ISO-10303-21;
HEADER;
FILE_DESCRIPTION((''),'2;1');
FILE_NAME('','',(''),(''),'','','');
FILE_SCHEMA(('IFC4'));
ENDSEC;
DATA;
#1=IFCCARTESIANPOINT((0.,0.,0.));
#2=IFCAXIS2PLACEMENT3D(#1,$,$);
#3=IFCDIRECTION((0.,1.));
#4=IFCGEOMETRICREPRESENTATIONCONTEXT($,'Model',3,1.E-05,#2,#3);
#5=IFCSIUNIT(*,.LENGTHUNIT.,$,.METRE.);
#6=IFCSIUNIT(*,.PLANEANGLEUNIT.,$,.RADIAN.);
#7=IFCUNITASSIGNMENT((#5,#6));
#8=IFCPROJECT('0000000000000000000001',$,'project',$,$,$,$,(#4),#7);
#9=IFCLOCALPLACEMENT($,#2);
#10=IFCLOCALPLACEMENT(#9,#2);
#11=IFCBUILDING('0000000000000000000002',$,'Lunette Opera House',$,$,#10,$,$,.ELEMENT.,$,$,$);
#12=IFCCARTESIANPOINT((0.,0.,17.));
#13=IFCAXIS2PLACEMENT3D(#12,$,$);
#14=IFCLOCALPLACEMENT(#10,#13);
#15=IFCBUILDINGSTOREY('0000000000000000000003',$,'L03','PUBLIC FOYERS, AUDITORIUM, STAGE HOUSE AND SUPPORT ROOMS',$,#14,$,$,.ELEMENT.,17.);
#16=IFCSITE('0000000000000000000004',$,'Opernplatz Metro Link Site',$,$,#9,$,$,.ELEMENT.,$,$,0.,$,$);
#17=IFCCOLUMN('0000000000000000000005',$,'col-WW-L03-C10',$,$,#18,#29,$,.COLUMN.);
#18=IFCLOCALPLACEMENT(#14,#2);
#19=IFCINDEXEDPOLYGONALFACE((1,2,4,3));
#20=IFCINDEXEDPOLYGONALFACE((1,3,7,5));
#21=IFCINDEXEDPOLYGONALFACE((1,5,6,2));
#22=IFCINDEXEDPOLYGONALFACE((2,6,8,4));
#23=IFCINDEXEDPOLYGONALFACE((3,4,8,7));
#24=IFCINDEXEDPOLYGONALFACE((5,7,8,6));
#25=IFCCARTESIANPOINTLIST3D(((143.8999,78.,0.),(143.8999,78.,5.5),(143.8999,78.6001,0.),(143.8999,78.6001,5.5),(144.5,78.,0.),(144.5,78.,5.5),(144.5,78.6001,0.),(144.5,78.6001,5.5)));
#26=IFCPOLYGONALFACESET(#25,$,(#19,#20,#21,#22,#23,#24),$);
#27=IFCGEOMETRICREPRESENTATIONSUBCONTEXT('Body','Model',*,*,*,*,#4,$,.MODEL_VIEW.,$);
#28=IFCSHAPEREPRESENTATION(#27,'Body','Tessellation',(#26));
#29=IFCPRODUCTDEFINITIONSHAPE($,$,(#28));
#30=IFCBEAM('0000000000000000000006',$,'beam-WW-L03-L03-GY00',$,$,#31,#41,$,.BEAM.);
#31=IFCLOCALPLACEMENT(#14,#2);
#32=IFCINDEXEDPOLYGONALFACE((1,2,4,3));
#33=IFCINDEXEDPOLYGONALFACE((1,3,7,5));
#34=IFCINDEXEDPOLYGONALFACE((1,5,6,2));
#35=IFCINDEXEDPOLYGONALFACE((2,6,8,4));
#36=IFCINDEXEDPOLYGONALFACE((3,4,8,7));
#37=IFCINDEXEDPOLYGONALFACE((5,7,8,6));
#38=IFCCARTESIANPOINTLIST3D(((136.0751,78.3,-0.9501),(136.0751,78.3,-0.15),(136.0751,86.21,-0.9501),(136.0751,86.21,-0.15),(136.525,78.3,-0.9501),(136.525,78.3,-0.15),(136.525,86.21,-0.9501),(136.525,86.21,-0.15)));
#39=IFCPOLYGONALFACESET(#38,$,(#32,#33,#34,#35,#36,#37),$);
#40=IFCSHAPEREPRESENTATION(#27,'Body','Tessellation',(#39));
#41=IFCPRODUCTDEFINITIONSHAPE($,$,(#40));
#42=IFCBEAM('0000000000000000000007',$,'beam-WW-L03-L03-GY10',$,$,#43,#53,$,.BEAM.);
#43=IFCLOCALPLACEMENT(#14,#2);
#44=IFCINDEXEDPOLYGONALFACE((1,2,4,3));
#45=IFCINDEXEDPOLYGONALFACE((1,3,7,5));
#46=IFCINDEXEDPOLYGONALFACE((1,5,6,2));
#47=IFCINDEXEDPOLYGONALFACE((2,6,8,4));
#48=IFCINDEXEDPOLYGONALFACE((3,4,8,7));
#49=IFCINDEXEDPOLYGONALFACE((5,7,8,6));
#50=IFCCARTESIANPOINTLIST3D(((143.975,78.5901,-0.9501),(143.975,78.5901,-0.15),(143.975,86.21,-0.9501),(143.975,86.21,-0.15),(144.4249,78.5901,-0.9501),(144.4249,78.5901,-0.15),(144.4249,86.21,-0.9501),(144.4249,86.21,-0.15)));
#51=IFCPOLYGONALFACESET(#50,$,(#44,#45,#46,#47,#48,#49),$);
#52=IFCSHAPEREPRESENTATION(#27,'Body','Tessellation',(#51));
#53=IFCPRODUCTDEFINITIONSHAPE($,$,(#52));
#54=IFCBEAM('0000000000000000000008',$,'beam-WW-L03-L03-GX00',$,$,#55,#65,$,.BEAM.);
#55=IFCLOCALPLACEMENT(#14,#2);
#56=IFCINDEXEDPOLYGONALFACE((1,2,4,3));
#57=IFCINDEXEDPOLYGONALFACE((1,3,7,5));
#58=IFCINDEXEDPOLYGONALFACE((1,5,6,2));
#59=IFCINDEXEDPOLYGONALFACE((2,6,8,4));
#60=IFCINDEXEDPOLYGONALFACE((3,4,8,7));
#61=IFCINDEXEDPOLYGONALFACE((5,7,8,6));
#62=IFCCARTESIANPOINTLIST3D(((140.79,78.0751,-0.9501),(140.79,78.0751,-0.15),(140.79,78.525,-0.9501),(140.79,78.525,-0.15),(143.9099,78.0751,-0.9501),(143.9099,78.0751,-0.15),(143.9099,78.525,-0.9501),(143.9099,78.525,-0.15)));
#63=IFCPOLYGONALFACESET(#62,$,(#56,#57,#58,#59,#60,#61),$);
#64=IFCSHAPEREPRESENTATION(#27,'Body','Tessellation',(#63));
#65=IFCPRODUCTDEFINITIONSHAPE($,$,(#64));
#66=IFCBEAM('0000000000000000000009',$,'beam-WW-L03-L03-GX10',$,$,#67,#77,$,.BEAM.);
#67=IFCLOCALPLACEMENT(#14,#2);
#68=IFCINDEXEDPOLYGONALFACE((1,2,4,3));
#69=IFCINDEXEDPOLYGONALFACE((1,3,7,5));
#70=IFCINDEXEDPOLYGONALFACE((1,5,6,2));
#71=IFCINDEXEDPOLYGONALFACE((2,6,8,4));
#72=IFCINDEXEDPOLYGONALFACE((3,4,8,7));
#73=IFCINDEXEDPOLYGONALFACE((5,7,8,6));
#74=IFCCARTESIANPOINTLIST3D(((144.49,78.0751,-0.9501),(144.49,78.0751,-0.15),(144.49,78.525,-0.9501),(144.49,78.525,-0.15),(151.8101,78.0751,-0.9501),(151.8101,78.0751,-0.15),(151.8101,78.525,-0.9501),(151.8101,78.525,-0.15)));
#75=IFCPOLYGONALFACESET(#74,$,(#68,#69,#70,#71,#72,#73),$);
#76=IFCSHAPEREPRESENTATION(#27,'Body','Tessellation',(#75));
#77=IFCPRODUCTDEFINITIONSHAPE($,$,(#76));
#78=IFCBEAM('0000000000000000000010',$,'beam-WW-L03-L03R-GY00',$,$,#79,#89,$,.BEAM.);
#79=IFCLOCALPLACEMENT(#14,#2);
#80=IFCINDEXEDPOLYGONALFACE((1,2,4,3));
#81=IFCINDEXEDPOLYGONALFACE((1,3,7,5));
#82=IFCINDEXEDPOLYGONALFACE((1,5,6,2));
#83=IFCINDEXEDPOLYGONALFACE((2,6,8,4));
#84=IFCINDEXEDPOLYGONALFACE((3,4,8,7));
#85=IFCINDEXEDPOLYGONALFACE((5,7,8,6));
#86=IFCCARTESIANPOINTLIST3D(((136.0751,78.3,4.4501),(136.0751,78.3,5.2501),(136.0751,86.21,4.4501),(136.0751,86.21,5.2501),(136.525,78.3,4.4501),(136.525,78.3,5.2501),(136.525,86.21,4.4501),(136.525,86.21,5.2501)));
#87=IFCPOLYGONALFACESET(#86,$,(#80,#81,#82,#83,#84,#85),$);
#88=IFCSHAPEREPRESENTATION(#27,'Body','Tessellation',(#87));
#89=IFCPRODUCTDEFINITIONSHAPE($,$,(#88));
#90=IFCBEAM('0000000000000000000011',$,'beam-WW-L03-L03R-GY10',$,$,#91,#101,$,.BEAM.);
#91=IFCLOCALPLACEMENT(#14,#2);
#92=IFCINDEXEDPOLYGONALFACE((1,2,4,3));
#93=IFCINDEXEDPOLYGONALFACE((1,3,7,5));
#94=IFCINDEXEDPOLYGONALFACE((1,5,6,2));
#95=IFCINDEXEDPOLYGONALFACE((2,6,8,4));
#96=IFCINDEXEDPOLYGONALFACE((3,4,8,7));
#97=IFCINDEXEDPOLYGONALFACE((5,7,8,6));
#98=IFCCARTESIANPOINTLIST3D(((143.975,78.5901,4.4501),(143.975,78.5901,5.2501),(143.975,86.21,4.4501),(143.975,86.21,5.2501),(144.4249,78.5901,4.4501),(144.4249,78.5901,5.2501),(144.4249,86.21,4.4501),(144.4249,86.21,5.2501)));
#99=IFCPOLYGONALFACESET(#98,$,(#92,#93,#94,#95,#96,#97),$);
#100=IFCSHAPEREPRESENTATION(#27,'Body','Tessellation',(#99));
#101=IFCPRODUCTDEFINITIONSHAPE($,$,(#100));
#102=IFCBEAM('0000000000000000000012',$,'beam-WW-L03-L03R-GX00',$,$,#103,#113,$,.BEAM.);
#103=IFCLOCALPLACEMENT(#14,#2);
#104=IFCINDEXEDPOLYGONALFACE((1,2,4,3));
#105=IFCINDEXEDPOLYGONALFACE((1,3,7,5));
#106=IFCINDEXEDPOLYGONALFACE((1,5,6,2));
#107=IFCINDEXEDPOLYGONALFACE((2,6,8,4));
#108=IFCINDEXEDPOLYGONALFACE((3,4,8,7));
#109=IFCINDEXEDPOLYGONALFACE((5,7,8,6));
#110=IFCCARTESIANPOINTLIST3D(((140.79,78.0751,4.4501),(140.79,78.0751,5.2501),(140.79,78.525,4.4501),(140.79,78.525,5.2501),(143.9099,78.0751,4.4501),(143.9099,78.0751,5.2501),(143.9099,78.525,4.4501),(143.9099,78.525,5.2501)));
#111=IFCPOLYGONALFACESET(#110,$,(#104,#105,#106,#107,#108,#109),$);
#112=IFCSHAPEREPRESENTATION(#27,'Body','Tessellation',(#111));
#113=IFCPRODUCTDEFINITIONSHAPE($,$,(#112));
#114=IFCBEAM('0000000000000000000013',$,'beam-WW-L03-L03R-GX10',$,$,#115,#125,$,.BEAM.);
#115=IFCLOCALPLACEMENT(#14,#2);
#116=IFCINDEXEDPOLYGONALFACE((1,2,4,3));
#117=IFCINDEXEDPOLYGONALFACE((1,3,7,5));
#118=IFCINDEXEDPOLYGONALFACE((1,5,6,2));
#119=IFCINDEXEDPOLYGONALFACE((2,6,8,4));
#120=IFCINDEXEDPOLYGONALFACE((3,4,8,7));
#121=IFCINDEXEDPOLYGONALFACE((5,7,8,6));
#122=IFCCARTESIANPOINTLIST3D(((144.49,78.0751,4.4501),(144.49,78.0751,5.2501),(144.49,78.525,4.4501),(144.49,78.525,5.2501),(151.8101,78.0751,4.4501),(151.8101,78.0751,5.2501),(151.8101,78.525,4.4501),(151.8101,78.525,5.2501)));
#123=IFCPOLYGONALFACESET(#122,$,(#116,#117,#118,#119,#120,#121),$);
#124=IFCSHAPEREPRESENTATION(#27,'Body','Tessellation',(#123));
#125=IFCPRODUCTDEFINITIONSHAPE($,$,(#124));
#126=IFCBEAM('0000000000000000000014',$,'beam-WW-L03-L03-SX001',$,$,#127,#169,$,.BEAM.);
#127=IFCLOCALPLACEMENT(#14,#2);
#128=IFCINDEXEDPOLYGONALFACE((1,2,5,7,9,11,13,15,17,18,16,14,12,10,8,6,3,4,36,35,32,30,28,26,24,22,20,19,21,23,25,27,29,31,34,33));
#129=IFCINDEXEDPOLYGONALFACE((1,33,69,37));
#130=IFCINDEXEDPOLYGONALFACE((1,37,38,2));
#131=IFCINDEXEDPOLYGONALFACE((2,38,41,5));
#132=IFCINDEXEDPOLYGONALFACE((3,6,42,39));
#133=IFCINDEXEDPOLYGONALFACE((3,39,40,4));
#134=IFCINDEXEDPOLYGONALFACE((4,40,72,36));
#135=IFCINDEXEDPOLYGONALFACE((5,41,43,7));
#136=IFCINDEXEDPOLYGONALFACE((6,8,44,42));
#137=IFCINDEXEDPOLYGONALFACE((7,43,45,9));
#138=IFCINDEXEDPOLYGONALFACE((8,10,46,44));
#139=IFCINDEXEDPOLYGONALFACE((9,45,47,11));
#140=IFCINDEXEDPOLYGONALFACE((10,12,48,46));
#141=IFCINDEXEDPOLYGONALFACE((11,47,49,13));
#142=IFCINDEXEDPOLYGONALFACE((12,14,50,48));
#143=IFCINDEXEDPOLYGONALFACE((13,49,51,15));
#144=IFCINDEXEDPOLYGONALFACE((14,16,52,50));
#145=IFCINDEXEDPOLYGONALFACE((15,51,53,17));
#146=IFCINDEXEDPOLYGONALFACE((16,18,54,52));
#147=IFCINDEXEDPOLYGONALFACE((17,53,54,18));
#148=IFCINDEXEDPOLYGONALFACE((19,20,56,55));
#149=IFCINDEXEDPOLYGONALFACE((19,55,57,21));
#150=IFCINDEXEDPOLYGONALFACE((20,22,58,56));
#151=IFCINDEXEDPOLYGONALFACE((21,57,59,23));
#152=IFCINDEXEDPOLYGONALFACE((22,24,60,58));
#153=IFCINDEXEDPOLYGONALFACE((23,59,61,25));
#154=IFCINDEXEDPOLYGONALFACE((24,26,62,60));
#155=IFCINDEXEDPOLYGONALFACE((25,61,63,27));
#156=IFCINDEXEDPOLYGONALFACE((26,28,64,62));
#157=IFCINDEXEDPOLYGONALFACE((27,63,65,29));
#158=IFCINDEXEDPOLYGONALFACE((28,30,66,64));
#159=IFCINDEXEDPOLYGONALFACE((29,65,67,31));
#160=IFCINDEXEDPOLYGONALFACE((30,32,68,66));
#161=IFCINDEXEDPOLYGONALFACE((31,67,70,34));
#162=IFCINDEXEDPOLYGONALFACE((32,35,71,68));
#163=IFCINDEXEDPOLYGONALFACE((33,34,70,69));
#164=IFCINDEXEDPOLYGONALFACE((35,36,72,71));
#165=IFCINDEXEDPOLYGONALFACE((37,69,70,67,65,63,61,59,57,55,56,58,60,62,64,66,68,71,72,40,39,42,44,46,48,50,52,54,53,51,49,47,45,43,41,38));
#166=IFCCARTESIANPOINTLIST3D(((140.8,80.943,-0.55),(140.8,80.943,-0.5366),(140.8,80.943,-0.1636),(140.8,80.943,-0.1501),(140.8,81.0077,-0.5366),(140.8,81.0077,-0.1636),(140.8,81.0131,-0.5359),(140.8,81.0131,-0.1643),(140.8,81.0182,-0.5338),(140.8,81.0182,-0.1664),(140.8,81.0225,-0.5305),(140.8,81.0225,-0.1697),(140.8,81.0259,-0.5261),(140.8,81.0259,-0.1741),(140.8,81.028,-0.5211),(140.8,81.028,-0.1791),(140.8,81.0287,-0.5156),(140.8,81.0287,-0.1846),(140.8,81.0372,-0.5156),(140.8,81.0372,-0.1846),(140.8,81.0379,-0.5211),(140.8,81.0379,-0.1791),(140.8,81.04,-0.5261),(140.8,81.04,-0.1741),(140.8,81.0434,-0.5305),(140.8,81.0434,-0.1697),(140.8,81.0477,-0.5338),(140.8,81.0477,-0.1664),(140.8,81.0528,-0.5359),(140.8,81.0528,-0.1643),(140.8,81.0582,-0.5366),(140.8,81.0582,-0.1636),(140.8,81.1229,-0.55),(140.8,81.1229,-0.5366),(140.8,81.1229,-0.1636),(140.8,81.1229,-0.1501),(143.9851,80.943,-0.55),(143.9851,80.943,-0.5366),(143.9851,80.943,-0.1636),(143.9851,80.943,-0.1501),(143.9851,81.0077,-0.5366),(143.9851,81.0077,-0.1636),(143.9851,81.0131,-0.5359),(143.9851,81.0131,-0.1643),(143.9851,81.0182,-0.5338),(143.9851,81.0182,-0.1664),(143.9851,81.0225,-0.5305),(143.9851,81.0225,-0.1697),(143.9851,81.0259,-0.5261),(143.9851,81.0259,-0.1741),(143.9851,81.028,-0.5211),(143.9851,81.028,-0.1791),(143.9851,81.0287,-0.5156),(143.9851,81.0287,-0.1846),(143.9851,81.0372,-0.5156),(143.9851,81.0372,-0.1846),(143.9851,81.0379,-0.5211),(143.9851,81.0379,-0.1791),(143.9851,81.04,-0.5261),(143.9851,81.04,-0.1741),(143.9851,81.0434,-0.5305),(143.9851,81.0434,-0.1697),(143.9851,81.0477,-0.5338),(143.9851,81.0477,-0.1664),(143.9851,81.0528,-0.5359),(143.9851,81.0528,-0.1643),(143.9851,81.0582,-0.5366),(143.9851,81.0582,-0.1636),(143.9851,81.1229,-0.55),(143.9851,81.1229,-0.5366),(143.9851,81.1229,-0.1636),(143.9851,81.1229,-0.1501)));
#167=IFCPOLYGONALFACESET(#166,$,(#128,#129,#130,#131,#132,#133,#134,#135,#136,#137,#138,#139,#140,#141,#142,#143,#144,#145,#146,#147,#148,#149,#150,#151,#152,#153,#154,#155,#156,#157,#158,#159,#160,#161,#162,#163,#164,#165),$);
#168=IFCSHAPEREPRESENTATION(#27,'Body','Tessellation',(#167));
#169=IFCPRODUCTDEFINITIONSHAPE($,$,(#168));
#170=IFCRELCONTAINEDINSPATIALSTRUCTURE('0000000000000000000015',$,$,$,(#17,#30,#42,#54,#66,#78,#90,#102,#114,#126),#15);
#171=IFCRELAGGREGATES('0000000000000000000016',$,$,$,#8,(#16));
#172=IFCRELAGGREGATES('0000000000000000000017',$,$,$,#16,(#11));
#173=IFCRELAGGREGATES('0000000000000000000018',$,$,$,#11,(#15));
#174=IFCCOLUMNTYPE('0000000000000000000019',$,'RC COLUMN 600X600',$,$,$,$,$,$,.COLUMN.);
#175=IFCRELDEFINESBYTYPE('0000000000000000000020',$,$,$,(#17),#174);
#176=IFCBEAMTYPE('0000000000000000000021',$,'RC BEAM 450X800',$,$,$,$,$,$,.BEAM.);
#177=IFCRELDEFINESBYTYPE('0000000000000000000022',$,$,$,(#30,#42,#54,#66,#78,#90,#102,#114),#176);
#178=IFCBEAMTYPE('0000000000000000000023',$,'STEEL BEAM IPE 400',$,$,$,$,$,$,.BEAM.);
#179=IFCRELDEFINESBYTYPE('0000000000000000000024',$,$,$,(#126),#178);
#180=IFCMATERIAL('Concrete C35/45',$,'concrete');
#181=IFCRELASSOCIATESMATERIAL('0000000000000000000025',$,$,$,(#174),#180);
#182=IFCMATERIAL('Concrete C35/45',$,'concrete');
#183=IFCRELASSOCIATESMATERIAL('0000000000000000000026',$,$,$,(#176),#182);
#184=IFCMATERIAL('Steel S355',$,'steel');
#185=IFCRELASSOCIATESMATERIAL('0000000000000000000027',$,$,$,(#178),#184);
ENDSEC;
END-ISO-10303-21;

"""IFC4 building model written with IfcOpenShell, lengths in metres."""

from ifc_helpers import new_model, si_unit, direction, frame, origin, origin_2d, place, context, subcontext, project, spatial, rectangle, i_section, extrude, material, material_profile, profile_set, type_object, element, save


model = new_model("IFC4")

# Units and contexts
model_context = context("Model", 3, precision=1e-05, world=origin(), true_north=direction((0.0, 1.0)))
body_context = subcontext(model_context, "Body", "Model", "MODEL_VIEW")
ifc_project = project(units=[si_unit("LENGTHUNIT", "METRE"), si_unit("PLANEANGLEUNIT", "RADIAN")], contexts=[model_context])

# Site, building, storey
site_placement = place(None, origin())
site = spatial("IfcSite", under=ifc_project, at=site_placement, Name="Opernplatz Metro Link Site", CompositionType="ELEMENT", RefElevation=0.0)
building_placement = place(site_placement, origin())
building = spatial("IfcBuilding", under=site, at=building_placement, Name="Lunette Opera House", CompositionType="ELEMENT")
storey_placement = place(building_placement, frame((0.0, 0.0, 17.0)))
storey = spatial("IfcBuildingStorey", under=building, at=storey_placement, Name="L03", Description="PUBLIC FOYERS, AUDITORIUM, STAGE HOUSE AND SUPPORT ROOMS", CompositionType="ELEMENT", Elevation=17.0)

# Column
ifc_material_1 = material(Name="Concrete C35/45", Category="concrete")
ifc_material_profile_1 = material_profile(ifc_material_1, rectangle(XDim=0.6001, YDim=0.6001, at=origin_2d()), Name="RC COLUMN 600X600")
ifc_profile_set_1 = profile_set([ifc_material_profile_1], Name="Concrete C35/45")
column_type = type_object("IfcColumnType", Name="RC COLUMN 600X600", PredefinedType="COLUMN", material=ifc_profile_set_1)
column_placement = place(storey_placement, frame((144.2, 78.3, 0.0), z_axis=(0.0, 0.0, 1.0), x_axis=(1.0, 0.0, 0.0)))
element("IfcColumn", 1, at=column_placement, inside=storey, type_object=column_type, Name="col-WW-L03-C10", PredefinedType="COLUMN", context=body_context, shape_type="SweptSolid", body=[
    extrude(rectangle(XDim=0.6001, YDim=0.6001, at=origin_2d()), origin(), (0.0, 0.0, 1.0), 5.5),
])

# Beams
ifc_material_2 = material(Name="Concrete C35/45", Category="concrete")
ifc_material_profile_2 = material_profile(ifc_material_2, rectangle(XDim=0.45, YDim=0.8, at=origin_2d()), Name="RC BEAM 450X800")
ifc_profile_set_2 = profile_set([ifc_material_profile_2], Name="Concrete C35/45")
beam_type_1 = type_object("IfcBeamType", Name="RC BEAM 450X800", PredefinedType="BEAM", material=ifc_profile_set_2)
beam_1_placement = place(storey_placement, frame((136.3, 78.3, -0.55), z_axis=(0.0, 1.0, 0.0), x_axis=(-1.0, 0.0, 0.0)))
element("IfcBeam", 2, at=beam_1_placement, inside=storey, type_object=beam_type_1, Name="beam-WW-L03-L03-GY00", PredefinedType="BEAM", context=body_context, shape_type="SweptSolid", body=[
    extrude(rectangle(XDim=0.45, YDim=0.8, at=origin_2d()), origin(), (0.0, 0.0, 1.0), 7.9099),
])
beam_2_placement = place(storey_placement, frame((144.2, 78.5901, -0.55), z_axis=(0.0, 1.0, 0.0), x_axis=(-1.0, 0.0, 0.0)))
element("IfcBeam", 3, at=beam_2_placement, inside=storey, type_object=beam_type_1, Name="beam-WW-L03-L03-GY10", PredefinedType="BEAM", context=body_context, shape_type="SweptSolid", body=[
    extrude(rectangle(XDim=0.45, YDim=0.8, at=origin_2d()), origin(), (0.0, 0.0, 1.0), 7.6199),
])
beam_3_placement = place(storey_placement, frame((140.79, 78.3, -0.55), z_axis=(1.0, 0.0, 0.0), x_axis=(0.0, 1.0, 0.0)))
element("IfcBeam", 4, at=beam_3_placement, inside=storey, type_object=beam_type_1, Name="beam-WW-L03-L03-GX00", PredefinedType="BEAM", context=body_context, shape_type="SweptSolid", body=[
    extrude(rectangle(XDim=0.45, YDim=0.8, at=origin_2d()), origin(), (0.0, 0.0, 1.0), 3.1199),
])
beam_4_placement = place(storey_placement, frame((144.49, 78.3, -0.55), z_axis=(1.0, 0.0, 0.0), x_axis=(0.0, 1.0, 0.0)))
element("IfcBeam", 5, at=beam_4_placement, inside=storey, type_object=beam_type_1, Name="beam-WW-L03-L03-GX10", PredefinedType="BEAM", context=body_context, shape_type="SweptSolid", body=[
    extrude(rectangle(XDim=0.45, YDim=0.8, at=origin_2d()), origin(), (0.0, 0.0, 1.0), 7.3201),
])
beam_5_placement = place(storey_placement, frame((136.3, 78.3, 4.8501), z_axis=(0.0, 1.0, 0.0), x_axis=(-1.0, 0.0, 0.0)))
element("IfcBeam", 6, at=beam_5_placement, inside=storey, type_object=beam_type_1, Name="beam-WW-L03-L03R-GY00", PredefinedType="BEAM", context=body_context, shape_type="SweptSolid", body=[
    extrude(rectangle(XDim=0.45, YDim=0.8, at=origin_2d()), origin(), (0.0, 0.0, 1.0), 7.9099),
])
beam_6_placement = place(storey_placement, frame((144.2, 78.5901, 4.8501), z_axis=(0.0, 1.0, 0.0), x_axis=(-1.0, 0.0, 0.0)))
element("IfcBeam", 7, at=beam_6_placement, inside=storey, type_object=beam_type_1, Name="beam-WW-L03-L03R-GY10", PredefinedType="BEAM", context=body_context, shape_type="SweptSolid", body=[
    extrude(rectangle(XDim=0.45, YDim=0.8, at=origin_2d()), origin(), (0.0, 0.0, 1.0), 7.6199),
])
beam_7_placement = place(storey_placement, frame((140.79, 78.3, 4.8501), z_axis=(1.0, 0.0, 0.0), x_axis=(0.0, 1.0, 0.0)))
element("IfcBeam", 8, at=beam_7_placement, inside=storey, type_object=beam_type_1, Name="beam-WW-L03-L03R-GX00", PredefinedType="BEAM", context=body_context, shape_type="SweptSolid", body=[
    extrude(rectangle(XDim=0.45, YDim=0.8, at=origin_2d()), origin(), (0.0, 0.0, 1.0), 3.1199),
])
beam_8_placement = place(storey_placement, frame((144.49, 78.3, 4.8501), z_axis=(1.0, 0.0, 0.0), x_axis=(0.0, 1.0, 0.0)))
element("IfcBeam", 9, at=beam_8_placement, inside=storey, type_object=beam_type_1, Name="beam-WW-L03-L03R-GX10", PredefinedType="BEAM", context=body_context, shape_type="SweptSolid", body=[
    extrude(rectangle(XDim=0.45, YDim=0.8, at=origin_2d()), origin(), (0.0, 0.0, 1.0), 7.3201),
])
ifc_material_3 = material(Name="Steel S355", Category="steel")
ifc_material_profile_3 = material_profile(ifc_material_3, i_section(OverallWidth=0.1799, OverallDepth=0.3999, WebThickness=0.0085, FlangeThickness=0.0134, FilletRadius=0.021, at=origin_2d()), Name="IPE 400")
ifc_profile_set_3 = profile_set([ifc_material_profile_3], Name="Steel S355")
beam_type_2 = type_object("IfcBeamType", Name="STEEL BEAM IPE 400", PredefinedType="BEAM", material=ifc_profile_set_3)
beam_9_placement = place(storey_placement, frame((140.8, 81.033, -0.3501), z_axis=(1.0, 0.0, 0.0), x_axis=(0.0, 1.0, 0.0)))
element("IfcBeam", 10, at=beam_9_placement, inside=storey, type_object=beam_type_2, Name="beam-WW-L03-L03-SX001", PredefinedType="BEAM", context=body_context, shape_type="SweptSolid", body=[
    extrude(i_section(OverallWidth=0.1799, OverallDepth=0.3999, WebThickness=0.0085, FlangeThickness=0.0134, FilletRadius=0.021, at=origin_2d()), origin(), (0.0, 0.0, 1.0), 3.1851),
])

save(model, "model.ifc")
